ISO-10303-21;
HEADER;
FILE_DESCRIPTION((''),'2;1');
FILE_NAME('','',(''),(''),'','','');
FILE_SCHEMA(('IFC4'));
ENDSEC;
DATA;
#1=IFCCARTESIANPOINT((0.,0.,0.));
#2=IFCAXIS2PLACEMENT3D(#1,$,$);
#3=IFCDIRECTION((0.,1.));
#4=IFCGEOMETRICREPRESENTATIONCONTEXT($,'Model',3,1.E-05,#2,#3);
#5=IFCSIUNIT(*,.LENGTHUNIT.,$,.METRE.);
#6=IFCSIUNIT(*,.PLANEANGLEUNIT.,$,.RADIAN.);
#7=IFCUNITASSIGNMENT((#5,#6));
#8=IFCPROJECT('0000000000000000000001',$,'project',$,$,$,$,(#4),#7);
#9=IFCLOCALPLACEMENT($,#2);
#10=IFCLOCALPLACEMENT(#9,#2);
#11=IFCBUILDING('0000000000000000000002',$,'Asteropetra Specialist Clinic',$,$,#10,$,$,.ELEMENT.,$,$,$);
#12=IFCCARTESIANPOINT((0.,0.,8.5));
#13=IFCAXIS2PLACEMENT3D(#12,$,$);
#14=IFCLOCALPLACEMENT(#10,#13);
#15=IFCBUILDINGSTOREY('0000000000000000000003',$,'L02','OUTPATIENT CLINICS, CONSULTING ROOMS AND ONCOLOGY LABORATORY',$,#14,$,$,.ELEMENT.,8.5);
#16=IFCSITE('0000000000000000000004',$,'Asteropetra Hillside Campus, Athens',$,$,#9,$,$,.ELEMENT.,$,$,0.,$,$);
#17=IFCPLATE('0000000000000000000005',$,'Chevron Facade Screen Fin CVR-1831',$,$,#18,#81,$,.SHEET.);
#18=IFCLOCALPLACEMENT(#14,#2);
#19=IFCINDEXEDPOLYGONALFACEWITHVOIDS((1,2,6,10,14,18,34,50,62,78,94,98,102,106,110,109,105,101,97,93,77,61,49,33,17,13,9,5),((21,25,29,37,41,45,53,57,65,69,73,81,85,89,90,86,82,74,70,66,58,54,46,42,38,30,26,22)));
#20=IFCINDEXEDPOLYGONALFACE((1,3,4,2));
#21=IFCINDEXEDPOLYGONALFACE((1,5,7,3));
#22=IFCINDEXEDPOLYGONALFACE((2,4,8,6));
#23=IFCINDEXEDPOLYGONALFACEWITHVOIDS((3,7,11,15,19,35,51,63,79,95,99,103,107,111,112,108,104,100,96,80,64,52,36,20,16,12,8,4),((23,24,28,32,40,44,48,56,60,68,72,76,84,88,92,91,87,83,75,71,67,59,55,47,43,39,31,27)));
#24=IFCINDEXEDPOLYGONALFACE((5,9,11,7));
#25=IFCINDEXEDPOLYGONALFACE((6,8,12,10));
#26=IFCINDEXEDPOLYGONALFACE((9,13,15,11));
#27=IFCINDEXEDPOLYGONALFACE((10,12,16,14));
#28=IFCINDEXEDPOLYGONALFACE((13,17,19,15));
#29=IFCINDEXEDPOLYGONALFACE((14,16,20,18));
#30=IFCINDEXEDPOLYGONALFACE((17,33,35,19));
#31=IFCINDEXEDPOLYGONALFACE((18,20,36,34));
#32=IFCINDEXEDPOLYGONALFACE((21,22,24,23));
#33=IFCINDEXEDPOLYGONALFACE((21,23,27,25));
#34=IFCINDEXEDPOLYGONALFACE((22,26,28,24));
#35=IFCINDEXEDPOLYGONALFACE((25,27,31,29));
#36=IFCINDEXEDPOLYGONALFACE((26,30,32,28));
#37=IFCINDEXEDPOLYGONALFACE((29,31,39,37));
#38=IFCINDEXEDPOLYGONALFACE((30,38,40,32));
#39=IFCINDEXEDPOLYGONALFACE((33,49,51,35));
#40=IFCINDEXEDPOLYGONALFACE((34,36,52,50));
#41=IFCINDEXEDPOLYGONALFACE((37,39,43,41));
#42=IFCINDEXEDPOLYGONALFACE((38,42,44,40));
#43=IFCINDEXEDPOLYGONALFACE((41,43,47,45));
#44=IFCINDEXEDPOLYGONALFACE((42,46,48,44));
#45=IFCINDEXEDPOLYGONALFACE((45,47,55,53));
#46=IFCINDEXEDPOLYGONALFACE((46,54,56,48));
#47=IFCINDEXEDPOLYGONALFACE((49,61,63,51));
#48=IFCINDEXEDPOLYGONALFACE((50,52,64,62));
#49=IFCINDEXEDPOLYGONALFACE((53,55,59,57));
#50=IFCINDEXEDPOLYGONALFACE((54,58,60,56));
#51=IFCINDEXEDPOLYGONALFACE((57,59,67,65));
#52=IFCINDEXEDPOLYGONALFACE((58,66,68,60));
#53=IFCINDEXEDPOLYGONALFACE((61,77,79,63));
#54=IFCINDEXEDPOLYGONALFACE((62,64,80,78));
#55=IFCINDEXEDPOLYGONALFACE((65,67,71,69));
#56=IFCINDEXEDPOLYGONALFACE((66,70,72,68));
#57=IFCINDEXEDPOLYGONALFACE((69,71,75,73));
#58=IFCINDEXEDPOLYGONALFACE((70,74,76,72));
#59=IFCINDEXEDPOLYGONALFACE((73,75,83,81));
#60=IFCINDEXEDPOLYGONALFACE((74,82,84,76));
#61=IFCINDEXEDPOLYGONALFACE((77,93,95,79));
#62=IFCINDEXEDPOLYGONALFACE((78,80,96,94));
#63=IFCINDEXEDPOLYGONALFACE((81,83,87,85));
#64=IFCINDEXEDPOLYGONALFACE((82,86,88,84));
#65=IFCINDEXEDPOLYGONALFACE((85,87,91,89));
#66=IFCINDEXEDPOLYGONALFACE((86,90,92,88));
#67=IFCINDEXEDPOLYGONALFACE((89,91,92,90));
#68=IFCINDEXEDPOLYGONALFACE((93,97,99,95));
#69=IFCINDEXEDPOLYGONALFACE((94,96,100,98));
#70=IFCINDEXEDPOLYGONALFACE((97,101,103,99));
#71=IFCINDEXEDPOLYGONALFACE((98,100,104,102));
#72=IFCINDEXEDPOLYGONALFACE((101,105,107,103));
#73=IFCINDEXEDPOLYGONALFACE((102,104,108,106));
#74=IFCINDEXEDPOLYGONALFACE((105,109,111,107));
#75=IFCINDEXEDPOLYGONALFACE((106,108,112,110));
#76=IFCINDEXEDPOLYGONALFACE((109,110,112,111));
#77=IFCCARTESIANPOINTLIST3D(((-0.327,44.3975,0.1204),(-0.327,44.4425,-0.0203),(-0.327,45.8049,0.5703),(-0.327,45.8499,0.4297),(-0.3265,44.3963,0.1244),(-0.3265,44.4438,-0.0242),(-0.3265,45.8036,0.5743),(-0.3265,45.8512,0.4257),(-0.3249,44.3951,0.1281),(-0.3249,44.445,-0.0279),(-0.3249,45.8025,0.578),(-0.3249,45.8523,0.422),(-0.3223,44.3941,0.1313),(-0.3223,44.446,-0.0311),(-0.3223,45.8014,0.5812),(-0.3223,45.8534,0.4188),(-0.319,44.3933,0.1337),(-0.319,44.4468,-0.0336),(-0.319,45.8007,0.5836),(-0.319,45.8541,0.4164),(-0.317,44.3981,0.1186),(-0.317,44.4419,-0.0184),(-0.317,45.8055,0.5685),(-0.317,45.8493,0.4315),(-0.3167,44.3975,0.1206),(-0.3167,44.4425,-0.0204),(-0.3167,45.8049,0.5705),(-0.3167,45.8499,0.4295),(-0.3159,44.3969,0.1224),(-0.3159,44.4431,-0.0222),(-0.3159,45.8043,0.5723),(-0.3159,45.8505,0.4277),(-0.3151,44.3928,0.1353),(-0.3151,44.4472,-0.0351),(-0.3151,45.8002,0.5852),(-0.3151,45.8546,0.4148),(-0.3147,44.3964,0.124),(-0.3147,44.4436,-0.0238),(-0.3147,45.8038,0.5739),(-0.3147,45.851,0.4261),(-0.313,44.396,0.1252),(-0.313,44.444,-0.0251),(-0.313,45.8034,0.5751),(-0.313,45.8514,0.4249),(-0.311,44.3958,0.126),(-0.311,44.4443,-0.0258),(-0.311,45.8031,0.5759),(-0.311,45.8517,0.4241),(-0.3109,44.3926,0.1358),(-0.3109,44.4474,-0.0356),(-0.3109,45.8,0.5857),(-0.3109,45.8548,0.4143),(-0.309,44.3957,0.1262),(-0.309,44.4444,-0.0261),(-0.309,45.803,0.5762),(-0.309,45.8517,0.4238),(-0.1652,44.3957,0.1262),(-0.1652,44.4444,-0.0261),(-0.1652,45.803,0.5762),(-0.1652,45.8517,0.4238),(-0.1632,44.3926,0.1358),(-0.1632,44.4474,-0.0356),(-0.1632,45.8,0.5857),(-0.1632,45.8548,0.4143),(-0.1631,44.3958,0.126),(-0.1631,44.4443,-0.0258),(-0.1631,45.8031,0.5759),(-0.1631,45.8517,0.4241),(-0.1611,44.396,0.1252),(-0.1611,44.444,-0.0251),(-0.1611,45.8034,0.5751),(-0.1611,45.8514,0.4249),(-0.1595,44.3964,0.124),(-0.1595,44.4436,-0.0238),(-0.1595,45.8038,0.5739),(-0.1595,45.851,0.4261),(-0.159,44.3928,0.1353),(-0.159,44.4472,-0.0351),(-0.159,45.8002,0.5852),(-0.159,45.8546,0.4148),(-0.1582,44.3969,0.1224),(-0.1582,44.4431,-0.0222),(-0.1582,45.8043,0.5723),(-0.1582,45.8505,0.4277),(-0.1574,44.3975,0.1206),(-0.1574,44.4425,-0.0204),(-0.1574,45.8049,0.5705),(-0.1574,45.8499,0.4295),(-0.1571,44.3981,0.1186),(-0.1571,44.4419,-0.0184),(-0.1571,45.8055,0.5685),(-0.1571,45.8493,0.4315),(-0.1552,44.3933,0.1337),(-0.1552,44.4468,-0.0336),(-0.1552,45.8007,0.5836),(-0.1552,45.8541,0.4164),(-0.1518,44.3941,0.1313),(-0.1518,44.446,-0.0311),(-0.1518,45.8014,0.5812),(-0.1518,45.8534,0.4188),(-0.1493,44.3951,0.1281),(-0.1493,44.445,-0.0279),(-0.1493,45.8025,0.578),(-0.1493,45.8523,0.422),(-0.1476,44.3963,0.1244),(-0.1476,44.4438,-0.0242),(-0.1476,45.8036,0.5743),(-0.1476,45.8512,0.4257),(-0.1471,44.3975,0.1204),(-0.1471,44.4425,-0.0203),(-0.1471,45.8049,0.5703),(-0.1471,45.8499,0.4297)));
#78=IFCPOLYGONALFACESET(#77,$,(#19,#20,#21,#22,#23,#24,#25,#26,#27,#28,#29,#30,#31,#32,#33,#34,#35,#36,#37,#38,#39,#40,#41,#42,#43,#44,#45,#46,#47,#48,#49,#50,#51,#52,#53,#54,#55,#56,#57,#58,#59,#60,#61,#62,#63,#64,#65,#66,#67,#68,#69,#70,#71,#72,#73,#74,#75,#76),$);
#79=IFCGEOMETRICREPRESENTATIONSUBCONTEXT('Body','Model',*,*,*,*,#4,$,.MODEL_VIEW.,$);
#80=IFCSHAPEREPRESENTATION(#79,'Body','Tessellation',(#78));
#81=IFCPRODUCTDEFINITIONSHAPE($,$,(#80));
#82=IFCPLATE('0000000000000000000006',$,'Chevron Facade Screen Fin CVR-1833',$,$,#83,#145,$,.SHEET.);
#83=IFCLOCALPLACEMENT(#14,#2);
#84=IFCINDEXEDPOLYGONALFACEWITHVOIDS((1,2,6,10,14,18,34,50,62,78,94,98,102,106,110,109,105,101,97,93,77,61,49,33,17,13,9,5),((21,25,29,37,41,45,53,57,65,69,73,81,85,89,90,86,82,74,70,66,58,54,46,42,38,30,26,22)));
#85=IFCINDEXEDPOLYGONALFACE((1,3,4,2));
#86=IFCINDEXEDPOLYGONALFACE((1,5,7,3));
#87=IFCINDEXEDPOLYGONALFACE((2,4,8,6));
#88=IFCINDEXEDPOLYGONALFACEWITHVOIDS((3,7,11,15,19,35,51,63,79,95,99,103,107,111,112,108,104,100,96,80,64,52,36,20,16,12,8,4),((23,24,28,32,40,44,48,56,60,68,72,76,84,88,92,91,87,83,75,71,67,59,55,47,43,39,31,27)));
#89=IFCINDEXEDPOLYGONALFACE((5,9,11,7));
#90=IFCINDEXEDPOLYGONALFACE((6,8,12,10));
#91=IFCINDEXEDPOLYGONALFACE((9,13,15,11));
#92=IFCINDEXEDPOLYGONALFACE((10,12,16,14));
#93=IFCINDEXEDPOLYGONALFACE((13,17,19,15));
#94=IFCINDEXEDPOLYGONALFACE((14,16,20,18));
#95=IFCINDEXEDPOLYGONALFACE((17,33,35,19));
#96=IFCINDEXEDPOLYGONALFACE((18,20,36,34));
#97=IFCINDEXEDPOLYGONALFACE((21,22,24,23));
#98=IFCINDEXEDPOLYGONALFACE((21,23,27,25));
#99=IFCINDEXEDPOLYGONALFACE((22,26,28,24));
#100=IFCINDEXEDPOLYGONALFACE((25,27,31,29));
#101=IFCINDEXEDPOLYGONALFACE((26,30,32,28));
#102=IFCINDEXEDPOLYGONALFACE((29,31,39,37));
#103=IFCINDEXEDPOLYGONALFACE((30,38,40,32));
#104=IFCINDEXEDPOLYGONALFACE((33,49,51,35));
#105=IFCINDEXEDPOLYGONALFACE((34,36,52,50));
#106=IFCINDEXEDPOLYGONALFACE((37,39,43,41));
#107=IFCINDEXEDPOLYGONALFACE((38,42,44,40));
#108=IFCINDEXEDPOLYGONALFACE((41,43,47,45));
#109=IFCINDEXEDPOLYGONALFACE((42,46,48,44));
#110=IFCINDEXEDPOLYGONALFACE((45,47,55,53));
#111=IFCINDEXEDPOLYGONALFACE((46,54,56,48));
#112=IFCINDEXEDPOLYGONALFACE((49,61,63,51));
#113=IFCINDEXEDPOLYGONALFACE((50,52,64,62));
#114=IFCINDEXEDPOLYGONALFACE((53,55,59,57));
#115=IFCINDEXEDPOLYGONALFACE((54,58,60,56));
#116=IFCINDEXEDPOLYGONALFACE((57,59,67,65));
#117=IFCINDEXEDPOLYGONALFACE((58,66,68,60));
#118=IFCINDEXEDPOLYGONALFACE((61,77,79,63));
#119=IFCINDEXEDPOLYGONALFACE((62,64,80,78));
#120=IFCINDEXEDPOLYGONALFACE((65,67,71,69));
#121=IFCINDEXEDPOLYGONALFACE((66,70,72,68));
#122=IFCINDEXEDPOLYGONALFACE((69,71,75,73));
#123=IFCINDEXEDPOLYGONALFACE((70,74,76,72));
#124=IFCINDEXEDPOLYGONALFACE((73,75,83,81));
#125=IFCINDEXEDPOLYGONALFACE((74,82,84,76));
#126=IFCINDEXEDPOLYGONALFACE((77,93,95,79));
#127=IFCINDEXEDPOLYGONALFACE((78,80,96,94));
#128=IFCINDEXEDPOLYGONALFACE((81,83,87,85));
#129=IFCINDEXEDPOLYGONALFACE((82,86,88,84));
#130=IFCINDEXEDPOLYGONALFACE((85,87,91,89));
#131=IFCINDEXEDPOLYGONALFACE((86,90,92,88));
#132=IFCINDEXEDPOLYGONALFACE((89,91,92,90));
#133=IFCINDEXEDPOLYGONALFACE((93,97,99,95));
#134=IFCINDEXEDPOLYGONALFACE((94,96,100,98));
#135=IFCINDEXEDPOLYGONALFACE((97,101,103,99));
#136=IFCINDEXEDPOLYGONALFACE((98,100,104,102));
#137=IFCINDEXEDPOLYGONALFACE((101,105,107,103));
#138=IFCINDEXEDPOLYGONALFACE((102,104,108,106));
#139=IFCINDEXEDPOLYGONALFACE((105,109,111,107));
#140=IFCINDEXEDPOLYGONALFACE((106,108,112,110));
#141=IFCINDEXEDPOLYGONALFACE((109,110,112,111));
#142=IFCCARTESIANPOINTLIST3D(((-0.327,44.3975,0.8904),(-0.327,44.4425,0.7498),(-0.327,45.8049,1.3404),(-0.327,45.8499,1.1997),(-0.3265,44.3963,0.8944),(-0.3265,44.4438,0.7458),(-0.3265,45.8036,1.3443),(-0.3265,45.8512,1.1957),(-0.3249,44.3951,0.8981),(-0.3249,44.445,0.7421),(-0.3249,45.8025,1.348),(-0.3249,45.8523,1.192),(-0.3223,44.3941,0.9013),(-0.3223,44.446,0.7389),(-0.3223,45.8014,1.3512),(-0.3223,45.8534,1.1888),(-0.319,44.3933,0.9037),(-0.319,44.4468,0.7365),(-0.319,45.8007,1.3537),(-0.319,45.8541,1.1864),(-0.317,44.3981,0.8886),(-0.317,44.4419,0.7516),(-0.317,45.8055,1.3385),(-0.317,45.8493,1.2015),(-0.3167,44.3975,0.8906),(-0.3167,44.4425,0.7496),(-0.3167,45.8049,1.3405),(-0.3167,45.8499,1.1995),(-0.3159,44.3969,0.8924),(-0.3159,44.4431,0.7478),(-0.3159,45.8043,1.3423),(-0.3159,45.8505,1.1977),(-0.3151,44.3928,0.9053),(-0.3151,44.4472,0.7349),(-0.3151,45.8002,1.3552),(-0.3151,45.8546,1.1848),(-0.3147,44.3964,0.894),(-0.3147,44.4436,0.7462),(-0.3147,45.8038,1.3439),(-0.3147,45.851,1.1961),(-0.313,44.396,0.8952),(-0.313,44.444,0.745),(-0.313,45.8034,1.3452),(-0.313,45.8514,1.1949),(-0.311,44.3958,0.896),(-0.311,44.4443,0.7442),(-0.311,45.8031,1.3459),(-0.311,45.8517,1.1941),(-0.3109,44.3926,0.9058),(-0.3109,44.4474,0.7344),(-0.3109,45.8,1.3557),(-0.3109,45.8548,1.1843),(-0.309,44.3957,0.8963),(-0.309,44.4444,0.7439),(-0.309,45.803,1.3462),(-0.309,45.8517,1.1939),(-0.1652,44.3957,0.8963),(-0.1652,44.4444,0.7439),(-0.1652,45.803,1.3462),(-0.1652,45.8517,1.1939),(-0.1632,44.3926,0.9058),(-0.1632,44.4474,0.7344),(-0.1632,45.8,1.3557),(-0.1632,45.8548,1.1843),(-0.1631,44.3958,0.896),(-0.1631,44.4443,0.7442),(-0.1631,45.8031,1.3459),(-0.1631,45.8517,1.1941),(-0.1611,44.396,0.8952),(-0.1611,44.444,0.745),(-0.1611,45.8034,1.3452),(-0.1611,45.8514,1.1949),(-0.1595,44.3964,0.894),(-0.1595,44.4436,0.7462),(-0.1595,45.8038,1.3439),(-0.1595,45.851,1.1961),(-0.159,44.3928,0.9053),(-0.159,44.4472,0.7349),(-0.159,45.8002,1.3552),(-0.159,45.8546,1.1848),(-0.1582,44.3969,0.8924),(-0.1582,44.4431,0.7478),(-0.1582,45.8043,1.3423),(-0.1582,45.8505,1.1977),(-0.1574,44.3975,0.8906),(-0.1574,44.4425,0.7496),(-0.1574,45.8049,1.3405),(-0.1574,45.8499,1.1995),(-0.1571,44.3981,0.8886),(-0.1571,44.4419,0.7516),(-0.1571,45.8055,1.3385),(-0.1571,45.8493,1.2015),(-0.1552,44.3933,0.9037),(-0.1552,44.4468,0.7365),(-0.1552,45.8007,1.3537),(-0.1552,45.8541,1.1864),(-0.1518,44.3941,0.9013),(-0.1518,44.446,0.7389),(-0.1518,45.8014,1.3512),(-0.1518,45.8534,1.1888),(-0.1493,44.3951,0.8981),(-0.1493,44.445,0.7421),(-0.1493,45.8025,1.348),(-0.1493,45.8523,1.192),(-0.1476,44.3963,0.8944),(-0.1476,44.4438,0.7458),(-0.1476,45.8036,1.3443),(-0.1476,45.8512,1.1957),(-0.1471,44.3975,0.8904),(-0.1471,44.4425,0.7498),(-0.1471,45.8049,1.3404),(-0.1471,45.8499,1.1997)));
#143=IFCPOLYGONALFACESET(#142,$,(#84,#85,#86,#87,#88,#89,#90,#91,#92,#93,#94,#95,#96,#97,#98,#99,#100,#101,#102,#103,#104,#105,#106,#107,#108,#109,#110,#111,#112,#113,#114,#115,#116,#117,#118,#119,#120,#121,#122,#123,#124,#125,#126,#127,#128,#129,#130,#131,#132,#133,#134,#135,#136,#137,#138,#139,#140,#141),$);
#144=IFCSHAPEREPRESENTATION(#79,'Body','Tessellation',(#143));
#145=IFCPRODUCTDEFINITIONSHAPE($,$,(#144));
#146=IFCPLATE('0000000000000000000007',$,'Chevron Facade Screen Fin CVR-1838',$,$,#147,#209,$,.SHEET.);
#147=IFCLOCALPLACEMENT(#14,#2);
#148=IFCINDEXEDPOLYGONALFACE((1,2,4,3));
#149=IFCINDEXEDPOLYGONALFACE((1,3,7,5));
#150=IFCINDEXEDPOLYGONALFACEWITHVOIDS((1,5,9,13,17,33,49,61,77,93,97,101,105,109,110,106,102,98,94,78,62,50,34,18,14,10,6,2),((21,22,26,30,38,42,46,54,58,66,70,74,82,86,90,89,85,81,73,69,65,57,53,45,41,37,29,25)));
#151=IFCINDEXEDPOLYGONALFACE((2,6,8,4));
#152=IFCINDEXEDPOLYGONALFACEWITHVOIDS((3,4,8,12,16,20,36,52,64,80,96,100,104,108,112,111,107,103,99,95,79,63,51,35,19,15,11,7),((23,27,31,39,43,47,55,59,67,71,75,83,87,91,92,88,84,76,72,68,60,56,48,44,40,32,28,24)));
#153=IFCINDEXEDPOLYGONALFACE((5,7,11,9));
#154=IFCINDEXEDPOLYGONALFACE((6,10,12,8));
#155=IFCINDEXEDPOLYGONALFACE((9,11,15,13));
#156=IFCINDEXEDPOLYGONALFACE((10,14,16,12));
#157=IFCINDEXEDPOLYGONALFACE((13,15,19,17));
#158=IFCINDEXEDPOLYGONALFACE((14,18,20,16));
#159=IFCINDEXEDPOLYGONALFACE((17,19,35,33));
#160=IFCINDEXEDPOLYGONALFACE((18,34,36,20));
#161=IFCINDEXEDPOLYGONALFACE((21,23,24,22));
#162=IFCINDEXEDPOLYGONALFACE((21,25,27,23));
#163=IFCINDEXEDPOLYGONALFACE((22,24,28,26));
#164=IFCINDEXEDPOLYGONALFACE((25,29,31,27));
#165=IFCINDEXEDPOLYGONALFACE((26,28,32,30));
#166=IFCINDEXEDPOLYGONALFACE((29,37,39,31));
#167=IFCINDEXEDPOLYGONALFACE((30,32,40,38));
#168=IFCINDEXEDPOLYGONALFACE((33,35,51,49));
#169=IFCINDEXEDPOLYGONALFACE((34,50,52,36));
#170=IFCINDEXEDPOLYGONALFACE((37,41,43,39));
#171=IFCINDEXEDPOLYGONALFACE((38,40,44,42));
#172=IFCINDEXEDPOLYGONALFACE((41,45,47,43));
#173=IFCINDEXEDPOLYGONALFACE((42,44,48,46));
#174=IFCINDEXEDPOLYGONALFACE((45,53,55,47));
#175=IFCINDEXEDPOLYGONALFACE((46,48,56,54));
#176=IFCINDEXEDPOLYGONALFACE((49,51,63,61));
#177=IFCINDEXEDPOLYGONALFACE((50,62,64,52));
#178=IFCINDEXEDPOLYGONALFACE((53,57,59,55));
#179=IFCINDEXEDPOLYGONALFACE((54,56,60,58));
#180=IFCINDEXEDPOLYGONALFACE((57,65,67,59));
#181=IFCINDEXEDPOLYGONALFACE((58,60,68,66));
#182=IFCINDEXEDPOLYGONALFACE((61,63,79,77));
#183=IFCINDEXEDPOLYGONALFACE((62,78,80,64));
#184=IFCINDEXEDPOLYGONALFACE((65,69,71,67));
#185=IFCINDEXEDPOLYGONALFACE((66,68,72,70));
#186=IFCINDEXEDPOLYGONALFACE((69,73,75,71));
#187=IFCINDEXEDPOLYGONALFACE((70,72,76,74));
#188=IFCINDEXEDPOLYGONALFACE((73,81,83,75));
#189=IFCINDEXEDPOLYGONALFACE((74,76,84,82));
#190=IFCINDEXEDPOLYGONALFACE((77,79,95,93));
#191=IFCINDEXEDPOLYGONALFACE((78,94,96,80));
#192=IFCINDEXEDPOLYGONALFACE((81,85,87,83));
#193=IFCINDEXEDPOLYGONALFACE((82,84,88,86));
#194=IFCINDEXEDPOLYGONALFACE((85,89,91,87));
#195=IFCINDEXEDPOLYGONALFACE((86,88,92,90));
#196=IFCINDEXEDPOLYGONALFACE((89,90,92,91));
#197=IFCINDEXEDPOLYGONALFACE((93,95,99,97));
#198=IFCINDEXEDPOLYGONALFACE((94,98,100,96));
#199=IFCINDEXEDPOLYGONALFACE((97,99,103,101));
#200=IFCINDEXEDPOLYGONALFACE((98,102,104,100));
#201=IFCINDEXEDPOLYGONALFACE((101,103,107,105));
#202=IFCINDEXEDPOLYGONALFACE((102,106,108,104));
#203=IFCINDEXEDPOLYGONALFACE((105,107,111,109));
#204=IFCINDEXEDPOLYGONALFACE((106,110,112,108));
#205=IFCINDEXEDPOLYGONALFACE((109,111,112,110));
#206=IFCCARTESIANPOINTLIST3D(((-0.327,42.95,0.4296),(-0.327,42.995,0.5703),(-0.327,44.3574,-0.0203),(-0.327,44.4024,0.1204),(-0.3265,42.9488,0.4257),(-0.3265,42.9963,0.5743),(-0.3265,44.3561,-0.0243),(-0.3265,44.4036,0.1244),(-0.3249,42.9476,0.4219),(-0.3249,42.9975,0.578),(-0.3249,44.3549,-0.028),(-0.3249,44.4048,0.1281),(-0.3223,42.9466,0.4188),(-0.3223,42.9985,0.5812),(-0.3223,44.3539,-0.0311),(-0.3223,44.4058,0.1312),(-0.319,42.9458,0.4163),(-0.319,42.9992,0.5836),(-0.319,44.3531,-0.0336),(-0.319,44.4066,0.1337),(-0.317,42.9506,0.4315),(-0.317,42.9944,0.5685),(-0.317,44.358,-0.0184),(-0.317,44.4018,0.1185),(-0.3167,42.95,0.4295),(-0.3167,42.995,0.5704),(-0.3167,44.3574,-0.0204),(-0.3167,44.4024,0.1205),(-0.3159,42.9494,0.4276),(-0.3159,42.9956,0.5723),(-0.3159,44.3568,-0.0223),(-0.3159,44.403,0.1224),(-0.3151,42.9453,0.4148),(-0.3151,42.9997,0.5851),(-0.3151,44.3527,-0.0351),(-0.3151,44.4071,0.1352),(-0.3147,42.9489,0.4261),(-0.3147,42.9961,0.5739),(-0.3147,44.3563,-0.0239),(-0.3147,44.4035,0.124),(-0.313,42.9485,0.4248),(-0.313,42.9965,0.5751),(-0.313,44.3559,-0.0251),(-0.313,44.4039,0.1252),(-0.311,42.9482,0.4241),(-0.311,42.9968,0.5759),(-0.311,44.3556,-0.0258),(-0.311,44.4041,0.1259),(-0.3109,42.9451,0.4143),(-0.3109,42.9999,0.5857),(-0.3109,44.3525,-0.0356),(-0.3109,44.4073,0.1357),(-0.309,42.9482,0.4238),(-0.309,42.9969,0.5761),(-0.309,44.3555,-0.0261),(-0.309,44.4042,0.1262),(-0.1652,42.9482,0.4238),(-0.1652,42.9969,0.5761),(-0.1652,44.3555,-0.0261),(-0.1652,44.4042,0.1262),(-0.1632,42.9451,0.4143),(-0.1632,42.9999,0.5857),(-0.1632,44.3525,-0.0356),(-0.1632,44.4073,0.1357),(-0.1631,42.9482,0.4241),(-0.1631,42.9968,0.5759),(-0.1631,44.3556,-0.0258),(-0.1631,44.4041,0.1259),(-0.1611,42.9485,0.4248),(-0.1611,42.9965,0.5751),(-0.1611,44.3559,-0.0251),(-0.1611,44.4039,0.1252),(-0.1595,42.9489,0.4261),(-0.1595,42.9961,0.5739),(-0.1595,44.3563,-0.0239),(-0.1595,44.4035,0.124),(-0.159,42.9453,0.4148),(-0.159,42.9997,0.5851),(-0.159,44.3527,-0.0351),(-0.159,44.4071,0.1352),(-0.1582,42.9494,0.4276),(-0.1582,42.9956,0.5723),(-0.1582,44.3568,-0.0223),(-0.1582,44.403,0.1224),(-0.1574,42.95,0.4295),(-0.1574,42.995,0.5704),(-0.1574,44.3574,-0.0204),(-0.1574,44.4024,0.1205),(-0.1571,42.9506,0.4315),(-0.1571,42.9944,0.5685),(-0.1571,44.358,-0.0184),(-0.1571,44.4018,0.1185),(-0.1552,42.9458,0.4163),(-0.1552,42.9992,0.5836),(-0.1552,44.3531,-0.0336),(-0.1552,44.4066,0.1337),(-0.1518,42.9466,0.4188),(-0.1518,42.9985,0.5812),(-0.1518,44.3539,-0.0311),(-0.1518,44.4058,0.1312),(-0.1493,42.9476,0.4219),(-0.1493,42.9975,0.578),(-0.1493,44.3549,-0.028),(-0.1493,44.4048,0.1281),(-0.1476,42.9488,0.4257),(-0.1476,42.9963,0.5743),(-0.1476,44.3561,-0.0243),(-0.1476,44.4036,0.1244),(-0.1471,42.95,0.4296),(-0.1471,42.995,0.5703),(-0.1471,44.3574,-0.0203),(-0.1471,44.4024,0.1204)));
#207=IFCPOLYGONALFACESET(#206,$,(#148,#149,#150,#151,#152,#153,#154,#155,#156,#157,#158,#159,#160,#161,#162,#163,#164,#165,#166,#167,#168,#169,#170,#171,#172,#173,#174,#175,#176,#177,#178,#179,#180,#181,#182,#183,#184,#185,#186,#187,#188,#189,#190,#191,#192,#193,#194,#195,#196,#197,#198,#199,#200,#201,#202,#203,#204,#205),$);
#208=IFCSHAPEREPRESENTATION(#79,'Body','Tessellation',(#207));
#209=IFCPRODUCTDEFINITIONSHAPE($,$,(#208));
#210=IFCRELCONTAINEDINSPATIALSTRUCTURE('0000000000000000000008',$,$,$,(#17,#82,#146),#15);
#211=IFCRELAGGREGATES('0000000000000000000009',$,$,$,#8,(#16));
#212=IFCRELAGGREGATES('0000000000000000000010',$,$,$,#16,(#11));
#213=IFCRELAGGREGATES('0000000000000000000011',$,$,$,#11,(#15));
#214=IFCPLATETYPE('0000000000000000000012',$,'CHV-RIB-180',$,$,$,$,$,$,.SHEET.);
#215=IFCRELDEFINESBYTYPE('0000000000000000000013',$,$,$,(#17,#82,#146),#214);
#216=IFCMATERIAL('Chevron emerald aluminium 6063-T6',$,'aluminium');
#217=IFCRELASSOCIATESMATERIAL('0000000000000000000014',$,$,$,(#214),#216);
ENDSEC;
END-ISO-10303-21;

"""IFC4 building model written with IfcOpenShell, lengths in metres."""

from ifc_helpers import new_model, si_unit, direction, frame, origin, origin_2d, place, context, subcontext, project, spatial, hollow_rectangle, extrude, material, material_profile, profile_set, type_object, element, save


model = new_model("IFC4")

# Units and contexts
model_context = context("Model", 3, precision=1e-05, world=origin(), true_north=direction((0.0, 1.0)))
body_context = subcontext(model_context, "Body", "Model", "MODEL_VIEW")
ifc_project = project(units=[si_unit("LENGTHUNIT", "METRE"), si_unit("PLANEANGLEUNIT", "RADIAN")], contexts=[model_context])

# Site, building, storey
site_placement = place(None, origin())
site = spatial("IfcSite", under=ifc_project, at=site_placement, Name="Asteropetra Hillside Campus, Athens", CompositionType="ELEMENT", RefElevation=0.0)
building_placement = place(site_placement, origin())
building = spatial("IfcBuilding", under=site, at=building_placement, Name="Asteropetra Specialist Clinic", CompositionType="ELEMENT")
storey_placement = place(building_placement, frame((0.0, 0.0, 8.5)))
storey = spatial("IfcBuildingStorey", under=building, at=storey_placement, Name="L02", Description="OUTPATIENT CLINICS, CONSULTING ROOMS AND ONCOLOGY LABORATORY", CompositionType="ELEMENT", Elevation=8.5)

# Plates
ifc_material_1 = material(Name="Chevron emerald aluminium 6063-T6", Category="aluminium")
ifc_material_profile = material_profile(ifc_material_1, hollow_rectangle(XDim=0.1799, YDim=0.1799, WallThickness=0.01, InnerFilletRadius=0.0081, OuterFilletRadius=0.0161, at=origin_2d()), Name="SHS 180x180x10.0")
ifc_profile_set = profile_set([ifc_material_profile], Name="Chevron emerald aluminium 6063-T6")
plate_type_1 = type_object("IfcPlateType", Name="CHV-RIB-180", PredefinedType="SHEET", material=ifc_profile_set)
for number, where, z_axis, x_axis, name in (
    (1, (-0.2371, 45.8274, 0.5), (0.0, -0.95251, -0.304506), (1.0, 0.0, 0.0), "Chevron Facade Screen Fin CVR-1831"),
    (2, (-0.2371, 45.8274, 1.27), (0.0, -0.95251, -0.304506), (1.0, 0.0, 0.0), "Chevron Facade Screen Fin CVR-1833"),
    (3, (-0.2371, 44.3799, 0.05), (0.0, -0.95251, 0.304506), (1.0, 0.0, 0.0), "Chevron Facade Screen Fin CVR-1838"),
):
    element("IfcPlate", number, at=place(storey_placement, frame(where, z_axis=z_axis, x_axis=x_axis)), inside=storey, type_object=plate_type_1, Name=name, PredefinedType="SHEET", context=body_context, shape_type="SweptSolid", body=[
        extrude(hollow_rectangle(XDim=0.1799, YDim=0.1799, WallThickness=0.01, InnerFilletRadius=0.0081, OuterFilletRadius=0.0161, at=origin_2d()), origin(), (0.0, 0.0, 1.0), 1.4775),
    ])

save(model, "model.ifc")
